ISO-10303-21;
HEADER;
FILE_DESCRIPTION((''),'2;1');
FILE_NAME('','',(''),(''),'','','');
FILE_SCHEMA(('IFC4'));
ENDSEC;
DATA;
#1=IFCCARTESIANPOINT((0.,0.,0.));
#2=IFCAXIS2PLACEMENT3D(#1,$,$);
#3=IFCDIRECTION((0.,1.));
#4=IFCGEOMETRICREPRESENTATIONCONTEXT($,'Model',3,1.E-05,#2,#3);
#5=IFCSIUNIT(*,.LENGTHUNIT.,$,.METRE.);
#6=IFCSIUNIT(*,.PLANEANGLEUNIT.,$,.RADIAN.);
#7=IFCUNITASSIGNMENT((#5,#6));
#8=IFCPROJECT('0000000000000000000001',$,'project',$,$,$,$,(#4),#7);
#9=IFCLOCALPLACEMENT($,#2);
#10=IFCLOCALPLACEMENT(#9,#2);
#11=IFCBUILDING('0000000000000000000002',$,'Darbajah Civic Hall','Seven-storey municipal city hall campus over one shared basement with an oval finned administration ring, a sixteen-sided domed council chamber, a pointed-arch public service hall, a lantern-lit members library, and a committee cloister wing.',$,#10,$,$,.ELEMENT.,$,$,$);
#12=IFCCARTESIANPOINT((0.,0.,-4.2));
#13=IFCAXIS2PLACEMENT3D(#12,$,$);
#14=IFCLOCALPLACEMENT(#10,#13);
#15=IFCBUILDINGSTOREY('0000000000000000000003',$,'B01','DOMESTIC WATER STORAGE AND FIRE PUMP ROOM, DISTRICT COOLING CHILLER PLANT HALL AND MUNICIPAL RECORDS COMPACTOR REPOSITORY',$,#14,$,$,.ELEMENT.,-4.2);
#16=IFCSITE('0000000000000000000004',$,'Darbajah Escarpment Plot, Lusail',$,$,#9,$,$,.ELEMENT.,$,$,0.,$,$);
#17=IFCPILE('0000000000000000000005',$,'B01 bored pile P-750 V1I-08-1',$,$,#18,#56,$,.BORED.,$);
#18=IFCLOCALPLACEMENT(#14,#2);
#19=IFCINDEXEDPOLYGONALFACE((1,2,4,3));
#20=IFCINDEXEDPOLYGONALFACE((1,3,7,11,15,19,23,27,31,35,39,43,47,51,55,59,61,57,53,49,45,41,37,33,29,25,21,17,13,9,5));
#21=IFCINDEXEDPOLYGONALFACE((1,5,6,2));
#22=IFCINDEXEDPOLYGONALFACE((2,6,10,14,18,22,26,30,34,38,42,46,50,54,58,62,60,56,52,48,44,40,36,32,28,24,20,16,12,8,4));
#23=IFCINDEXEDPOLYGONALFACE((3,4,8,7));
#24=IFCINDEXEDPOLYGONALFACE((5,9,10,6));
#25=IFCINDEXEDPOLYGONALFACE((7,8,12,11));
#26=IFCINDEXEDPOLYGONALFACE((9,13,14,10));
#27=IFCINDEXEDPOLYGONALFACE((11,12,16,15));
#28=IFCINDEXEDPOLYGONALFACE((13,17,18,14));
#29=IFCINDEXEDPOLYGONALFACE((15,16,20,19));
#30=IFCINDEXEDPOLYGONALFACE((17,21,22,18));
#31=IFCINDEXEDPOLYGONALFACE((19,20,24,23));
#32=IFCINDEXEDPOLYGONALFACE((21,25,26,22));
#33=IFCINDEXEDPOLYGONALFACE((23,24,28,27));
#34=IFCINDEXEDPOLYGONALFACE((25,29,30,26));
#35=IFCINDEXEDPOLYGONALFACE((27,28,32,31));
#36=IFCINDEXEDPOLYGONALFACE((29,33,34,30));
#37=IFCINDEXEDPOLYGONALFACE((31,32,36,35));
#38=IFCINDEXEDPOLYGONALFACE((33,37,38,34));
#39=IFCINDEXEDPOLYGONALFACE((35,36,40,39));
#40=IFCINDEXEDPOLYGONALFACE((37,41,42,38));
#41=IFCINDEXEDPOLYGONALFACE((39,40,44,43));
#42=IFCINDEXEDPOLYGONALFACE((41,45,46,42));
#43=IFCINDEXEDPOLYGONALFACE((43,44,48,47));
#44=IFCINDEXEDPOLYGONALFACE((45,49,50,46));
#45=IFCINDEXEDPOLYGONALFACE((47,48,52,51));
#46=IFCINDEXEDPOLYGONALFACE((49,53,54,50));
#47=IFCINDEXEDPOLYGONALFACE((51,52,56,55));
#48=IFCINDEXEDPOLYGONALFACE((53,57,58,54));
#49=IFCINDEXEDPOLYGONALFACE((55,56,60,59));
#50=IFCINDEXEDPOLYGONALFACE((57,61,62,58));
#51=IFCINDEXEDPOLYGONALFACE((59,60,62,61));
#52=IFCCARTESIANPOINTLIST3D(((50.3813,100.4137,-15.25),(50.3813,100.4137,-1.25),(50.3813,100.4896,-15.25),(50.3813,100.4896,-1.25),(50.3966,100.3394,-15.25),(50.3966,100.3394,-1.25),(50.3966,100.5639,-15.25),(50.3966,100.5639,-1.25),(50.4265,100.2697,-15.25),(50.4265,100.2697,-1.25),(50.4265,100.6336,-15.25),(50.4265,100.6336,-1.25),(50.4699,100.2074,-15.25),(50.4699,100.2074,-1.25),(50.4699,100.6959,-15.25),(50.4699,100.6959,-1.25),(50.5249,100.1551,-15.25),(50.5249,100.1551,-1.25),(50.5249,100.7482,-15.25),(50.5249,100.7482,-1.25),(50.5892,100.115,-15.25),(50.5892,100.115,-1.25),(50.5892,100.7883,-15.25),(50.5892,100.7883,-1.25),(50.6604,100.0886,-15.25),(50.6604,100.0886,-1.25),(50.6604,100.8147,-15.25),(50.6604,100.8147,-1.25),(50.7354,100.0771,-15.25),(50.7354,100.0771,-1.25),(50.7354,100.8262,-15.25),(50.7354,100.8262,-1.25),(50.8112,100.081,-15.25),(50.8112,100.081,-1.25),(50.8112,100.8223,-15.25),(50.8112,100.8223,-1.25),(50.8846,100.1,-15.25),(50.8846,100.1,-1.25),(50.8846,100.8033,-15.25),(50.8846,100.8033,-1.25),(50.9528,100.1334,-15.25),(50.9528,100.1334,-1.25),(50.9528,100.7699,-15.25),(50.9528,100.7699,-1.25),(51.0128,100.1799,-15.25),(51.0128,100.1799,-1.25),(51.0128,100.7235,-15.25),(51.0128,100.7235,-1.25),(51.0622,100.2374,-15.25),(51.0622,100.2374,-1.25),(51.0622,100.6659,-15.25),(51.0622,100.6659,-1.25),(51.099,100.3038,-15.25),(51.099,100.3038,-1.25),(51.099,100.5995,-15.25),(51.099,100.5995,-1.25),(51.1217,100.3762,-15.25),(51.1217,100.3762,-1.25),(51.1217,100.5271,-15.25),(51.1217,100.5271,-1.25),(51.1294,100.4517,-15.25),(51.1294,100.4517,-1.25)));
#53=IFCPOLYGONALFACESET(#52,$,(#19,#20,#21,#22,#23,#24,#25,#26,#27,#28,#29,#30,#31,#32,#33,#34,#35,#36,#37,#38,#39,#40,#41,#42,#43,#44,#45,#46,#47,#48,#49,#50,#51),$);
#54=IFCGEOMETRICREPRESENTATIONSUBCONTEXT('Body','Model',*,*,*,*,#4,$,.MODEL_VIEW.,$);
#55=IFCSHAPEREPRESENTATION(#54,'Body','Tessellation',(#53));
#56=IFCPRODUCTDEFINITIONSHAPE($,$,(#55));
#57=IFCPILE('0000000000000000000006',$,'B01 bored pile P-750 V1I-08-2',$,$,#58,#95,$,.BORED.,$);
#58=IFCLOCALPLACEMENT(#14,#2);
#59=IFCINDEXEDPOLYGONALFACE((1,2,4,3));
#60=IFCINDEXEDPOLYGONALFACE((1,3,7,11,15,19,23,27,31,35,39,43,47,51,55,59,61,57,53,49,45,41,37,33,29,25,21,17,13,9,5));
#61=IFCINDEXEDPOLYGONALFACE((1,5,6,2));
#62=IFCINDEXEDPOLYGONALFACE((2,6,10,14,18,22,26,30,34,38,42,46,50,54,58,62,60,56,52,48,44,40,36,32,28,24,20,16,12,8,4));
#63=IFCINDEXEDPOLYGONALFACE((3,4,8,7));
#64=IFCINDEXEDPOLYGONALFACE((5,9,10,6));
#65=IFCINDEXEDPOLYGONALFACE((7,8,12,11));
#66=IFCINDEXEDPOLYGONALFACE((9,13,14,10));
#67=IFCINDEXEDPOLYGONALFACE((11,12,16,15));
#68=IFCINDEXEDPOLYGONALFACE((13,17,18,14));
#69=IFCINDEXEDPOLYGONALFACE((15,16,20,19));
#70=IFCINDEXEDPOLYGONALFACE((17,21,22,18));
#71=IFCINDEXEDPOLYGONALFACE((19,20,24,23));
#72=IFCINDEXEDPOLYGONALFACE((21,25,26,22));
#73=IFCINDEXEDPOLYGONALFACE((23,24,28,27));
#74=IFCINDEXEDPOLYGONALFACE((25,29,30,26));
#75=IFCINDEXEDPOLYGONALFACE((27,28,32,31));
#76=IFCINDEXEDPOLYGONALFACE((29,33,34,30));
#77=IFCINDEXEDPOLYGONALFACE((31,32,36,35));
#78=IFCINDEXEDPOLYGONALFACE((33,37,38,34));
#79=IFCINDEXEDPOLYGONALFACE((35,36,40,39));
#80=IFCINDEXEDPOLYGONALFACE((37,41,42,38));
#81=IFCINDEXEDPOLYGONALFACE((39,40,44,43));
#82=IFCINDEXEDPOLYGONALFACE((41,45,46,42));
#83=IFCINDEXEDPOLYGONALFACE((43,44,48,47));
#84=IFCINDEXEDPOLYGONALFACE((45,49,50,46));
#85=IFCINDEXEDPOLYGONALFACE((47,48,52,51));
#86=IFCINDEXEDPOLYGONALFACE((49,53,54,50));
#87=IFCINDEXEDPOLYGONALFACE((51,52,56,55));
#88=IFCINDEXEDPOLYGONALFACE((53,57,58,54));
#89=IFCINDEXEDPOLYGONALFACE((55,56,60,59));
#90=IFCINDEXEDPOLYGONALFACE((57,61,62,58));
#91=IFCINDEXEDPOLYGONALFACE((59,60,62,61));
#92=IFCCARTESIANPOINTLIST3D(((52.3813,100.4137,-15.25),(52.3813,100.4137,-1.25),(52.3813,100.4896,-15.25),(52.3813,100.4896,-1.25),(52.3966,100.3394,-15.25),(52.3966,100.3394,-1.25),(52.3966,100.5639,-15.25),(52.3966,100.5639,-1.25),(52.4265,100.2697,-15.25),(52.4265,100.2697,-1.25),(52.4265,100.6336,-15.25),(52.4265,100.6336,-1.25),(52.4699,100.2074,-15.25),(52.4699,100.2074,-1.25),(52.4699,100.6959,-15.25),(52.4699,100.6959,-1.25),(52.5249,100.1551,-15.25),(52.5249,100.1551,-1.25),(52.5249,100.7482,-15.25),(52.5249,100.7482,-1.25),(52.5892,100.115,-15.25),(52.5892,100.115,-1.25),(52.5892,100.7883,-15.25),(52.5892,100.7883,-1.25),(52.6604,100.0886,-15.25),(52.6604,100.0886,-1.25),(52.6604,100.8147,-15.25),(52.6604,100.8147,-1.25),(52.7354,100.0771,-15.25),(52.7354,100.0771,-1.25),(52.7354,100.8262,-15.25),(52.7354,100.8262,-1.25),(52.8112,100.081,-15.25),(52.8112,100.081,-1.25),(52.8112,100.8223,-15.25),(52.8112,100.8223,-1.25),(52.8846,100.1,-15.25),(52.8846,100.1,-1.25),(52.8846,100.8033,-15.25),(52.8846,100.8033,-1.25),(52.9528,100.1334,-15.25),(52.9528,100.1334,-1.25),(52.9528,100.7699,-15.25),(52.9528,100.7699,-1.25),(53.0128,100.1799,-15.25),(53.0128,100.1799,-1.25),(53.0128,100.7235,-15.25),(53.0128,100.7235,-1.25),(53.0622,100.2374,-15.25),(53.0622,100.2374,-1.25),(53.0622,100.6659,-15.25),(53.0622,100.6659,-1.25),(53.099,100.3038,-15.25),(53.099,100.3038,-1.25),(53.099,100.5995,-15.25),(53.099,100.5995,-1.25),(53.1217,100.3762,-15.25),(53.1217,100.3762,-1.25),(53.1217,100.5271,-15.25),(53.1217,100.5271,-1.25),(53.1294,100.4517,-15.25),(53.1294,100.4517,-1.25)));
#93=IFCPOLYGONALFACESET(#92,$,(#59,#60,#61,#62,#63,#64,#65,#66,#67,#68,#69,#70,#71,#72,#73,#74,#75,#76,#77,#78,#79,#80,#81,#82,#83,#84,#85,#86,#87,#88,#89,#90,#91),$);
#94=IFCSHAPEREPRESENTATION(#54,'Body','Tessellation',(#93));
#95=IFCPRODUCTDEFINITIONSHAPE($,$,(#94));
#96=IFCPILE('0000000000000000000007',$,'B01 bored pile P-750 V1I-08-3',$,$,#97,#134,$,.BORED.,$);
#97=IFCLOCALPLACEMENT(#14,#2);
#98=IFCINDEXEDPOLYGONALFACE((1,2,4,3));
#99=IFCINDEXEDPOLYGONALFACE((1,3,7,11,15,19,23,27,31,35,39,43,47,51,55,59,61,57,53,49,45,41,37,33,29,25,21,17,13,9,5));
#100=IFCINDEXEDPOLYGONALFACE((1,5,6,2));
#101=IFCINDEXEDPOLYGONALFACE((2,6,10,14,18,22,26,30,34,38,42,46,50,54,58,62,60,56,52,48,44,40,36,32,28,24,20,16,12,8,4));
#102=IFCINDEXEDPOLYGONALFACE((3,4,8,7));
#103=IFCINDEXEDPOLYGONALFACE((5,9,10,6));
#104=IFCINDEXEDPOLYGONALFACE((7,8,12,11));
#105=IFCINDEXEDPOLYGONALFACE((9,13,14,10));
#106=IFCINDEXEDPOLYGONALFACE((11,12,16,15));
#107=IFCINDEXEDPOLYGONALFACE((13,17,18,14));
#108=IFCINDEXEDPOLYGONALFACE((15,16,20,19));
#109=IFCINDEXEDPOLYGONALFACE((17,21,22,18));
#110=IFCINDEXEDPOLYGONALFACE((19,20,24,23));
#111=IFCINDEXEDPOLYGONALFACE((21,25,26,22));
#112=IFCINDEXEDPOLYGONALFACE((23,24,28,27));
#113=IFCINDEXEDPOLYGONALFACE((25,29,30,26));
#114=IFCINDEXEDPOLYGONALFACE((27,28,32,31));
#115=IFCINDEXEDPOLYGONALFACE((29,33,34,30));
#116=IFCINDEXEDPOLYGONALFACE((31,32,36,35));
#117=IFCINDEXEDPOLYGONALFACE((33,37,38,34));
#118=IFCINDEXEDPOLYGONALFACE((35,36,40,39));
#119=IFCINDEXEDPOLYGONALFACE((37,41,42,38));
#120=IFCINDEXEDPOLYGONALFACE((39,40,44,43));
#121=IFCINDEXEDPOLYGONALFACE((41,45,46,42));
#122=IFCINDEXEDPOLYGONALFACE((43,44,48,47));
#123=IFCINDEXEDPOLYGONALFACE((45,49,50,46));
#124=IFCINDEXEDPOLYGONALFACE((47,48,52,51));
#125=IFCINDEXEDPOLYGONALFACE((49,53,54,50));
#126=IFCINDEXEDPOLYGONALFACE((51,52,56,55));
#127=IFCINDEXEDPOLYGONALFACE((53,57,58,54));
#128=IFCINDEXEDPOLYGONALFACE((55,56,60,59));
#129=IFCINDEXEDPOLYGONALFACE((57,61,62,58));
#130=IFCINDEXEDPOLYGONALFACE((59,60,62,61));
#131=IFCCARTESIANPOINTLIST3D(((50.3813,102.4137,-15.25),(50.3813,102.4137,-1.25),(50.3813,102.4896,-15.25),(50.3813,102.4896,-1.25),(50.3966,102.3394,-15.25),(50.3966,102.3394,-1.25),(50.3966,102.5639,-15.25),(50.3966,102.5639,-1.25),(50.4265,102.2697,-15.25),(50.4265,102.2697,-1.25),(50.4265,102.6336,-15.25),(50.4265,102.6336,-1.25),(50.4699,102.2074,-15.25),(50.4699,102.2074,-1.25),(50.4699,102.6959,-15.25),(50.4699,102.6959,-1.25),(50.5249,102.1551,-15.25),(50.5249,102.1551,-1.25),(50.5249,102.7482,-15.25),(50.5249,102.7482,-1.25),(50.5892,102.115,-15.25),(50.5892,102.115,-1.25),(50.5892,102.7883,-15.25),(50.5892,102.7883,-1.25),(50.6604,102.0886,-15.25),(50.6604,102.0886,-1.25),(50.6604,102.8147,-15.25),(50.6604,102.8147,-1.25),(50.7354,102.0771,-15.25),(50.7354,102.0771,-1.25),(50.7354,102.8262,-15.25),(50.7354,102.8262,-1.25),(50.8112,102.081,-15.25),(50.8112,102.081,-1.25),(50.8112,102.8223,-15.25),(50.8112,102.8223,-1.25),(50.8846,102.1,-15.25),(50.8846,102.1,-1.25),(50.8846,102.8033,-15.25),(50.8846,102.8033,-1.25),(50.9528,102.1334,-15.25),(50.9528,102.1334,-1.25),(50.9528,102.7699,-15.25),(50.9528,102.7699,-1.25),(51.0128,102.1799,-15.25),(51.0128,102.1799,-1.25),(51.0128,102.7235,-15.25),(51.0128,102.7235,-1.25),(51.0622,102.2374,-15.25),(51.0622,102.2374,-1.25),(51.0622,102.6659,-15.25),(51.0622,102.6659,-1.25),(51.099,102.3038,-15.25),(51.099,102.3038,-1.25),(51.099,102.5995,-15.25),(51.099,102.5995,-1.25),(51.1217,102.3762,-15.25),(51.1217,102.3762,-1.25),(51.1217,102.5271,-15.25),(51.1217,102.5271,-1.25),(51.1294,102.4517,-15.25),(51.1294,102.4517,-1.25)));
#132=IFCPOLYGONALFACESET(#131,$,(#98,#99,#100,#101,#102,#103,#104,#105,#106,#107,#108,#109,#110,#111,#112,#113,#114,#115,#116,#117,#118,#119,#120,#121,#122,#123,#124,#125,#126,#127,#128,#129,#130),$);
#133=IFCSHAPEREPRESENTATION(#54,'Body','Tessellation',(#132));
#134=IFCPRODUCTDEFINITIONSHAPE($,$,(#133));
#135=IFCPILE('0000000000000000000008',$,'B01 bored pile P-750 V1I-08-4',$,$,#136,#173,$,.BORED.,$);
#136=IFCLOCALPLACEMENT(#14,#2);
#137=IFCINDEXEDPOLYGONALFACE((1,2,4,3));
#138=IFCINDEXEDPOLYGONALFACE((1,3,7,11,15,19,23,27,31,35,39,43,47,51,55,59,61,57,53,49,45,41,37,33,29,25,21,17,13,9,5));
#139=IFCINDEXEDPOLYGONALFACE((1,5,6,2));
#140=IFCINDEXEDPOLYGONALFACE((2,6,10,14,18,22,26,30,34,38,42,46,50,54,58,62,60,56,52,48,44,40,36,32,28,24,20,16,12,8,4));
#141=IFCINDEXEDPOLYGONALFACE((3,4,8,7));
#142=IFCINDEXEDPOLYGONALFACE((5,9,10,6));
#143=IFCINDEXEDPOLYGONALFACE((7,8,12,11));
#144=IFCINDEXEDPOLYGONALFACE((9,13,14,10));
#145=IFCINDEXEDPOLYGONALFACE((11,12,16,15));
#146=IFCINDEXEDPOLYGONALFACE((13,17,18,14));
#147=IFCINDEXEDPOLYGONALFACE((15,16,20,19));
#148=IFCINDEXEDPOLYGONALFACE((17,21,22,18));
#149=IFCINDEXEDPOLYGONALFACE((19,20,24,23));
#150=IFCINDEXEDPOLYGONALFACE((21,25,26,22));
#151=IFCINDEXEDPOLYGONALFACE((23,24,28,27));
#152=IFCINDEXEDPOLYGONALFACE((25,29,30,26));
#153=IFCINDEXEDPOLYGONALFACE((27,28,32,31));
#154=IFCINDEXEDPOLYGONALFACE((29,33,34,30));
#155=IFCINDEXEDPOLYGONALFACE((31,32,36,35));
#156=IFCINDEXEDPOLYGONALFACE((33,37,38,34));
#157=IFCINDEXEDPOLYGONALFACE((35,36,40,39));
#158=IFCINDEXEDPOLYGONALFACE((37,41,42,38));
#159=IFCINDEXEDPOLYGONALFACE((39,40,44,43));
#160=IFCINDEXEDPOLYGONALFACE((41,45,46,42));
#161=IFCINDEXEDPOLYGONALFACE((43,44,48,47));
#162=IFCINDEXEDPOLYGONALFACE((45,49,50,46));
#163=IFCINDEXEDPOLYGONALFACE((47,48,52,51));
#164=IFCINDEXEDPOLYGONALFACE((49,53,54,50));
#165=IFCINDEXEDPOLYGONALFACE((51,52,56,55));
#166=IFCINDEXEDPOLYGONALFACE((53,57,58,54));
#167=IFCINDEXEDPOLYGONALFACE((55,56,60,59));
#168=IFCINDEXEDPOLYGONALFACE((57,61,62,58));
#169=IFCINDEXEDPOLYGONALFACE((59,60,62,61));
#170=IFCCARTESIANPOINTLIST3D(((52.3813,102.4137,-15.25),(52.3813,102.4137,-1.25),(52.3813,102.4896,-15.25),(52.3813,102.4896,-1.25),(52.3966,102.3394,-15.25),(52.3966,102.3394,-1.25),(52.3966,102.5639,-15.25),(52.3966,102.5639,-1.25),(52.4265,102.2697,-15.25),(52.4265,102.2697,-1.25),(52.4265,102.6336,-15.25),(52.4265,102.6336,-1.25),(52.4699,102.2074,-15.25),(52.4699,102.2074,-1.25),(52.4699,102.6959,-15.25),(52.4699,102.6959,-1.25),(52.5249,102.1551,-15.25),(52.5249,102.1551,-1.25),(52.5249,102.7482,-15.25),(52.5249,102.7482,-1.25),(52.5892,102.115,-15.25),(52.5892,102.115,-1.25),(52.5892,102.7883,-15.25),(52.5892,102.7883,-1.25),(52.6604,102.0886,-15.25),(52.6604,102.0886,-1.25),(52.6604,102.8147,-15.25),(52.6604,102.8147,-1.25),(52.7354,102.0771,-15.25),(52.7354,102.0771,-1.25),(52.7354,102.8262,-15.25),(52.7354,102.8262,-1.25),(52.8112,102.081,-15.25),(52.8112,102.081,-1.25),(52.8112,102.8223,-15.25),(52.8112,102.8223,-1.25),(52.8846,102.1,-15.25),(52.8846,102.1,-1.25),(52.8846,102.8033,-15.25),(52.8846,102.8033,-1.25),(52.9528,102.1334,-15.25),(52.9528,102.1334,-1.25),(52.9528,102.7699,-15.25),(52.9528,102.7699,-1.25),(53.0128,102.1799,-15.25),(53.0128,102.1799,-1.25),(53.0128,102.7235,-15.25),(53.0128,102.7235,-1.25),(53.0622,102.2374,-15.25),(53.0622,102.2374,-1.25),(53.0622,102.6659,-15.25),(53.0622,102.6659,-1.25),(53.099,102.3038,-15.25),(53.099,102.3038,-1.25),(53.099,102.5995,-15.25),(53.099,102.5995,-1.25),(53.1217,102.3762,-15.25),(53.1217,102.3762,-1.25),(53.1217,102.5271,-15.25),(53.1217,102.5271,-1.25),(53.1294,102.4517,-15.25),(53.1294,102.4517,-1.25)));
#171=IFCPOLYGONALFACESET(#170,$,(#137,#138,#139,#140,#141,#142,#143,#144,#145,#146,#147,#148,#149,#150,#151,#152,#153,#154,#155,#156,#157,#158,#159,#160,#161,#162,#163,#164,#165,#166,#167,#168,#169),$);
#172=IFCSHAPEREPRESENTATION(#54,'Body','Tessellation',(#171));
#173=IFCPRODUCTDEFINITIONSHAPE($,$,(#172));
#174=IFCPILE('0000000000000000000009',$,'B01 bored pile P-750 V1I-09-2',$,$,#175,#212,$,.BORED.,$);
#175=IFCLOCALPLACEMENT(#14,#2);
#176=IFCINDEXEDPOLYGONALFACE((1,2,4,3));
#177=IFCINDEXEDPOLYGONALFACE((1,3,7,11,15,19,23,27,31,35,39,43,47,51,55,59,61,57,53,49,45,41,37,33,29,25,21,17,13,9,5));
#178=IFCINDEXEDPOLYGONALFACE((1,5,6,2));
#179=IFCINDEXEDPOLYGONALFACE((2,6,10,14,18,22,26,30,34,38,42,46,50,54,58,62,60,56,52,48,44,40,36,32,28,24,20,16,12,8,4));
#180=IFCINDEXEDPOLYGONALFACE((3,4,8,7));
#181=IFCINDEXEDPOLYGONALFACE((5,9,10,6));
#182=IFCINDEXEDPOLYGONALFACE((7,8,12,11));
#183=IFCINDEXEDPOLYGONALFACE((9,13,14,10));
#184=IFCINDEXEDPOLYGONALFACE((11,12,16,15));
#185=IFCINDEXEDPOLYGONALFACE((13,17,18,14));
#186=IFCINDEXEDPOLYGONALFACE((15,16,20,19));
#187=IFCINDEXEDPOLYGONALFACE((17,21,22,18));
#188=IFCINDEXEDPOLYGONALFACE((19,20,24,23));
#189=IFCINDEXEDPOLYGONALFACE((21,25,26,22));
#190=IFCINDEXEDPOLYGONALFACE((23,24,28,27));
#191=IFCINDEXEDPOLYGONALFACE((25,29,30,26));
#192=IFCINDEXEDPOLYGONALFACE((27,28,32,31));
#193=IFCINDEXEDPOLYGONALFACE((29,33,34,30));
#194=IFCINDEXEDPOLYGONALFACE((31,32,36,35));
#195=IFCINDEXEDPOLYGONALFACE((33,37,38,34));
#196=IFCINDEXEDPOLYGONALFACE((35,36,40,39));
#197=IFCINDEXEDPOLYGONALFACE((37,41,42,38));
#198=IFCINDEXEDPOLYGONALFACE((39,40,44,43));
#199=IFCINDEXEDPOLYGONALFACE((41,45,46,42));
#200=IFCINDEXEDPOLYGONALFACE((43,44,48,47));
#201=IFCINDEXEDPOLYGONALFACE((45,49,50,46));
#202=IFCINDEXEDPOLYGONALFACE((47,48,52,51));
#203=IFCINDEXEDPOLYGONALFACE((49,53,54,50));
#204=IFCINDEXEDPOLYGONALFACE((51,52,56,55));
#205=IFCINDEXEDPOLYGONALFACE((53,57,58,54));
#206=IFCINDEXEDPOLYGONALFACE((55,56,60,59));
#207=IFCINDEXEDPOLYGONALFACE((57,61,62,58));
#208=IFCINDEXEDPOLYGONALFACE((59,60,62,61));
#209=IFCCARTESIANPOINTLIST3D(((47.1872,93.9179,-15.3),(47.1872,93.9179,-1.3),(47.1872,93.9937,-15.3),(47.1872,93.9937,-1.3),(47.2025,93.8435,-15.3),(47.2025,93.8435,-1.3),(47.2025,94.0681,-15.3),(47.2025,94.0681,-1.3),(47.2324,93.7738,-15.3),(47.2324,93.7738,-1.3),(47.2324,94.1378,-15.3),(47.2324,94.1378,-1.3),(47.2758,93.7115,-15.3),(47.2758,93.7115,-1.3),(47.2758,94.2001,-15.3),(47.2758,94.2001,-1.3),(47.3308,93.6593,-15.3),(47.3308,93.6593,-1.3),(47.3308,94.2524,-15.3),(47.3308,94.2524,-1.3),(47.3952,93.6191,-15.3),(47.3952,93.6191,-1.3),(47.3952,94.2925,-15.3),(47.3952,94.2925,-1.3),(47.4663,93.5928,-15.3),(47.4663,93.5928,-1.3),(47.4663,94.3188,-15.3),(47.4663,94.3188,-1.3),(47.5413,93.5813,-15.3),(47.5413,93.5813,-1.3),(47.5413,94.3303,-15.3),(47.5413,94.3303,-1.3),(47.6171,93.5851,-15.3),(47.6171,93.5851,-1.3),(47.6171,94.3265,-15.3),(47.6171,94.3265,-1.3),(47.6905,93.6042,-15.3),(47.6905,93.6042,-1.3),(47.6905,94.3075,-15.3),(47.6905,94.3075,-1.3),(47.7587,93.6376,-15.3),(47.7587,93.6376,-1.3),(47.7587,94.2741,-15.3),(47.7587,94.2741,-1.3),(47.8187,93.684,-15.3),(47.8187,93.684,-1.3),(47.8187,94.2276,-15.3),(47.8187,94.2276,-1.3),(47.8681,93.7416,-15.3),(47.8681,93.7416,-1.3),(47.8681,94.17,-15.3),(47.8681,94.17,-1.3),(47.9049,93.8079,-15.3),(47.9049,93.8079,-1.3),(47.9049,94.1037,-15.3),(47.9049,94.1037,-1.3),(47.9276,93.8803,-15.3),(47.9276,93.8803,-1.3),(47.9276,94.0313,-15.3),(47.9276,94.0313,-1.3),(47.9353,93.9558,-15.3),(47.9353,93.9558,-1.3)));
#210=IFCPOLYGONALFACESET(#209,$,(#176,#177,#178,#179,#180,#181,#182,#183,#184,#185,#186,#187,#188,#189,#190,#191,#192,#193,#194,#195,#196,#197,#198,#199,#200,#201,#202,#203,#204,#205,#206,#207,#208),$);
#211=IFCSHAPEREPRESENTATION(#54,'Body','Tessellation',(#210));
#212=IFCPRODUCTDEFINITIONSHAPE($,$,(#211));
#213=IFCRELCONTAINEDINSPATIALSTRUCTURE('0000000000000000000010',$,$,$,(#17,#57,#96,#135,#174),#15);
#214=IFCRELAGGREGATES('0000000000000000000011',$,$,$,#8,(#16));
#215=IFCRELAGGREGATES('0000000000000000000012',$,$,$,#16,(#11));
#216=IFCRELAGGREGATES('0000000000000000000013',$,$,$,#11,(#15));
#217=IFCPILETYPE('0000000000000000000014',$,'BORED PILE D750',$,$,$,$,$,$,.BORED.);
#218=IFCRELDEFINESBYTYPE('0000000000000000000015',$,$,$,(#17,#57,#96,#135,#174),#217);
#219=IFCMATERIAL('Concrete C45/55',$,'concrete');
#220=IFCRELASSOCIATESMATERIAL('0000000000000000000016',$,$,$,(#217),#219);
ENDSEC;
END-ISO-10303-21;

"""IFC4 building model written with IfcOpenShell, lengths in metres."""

from ifc_helpers import new_model, si_unit, direction, frame, origin, origin_2d, place, context, subcontext, project, spatial, circle, extrude, material, material_profile, profile_set, type_object, element, save


model = new_model("IFC4")

# Units and contexts
model_context = context("Model", 3, precision=1e-05, world=origin(), true_north=direction((0.0, 1.0)))
body_context = subcontext(model_context, "Body", "Model", "MODEL_VIEW")
ifc_project = project(units=[si_unit("LENGTHUNIT", "METRE"), si_unit("PLANEANGLEUNIT", "RADIAN")], contexts=[model_context])

# Site, building, storey
site_placement = place(None, origin())
site = spatial("IfcSite", under=ifc_project, at=site_placement, Name="Darbajah Escarpment Plot, Lusail", CompositionType="ELEMENT", RefElevation=0.0)
building_placement = place(site_placement, origin())
building = spatial("IfcBuilding", under=site, at=building_placement, Name="Darbajah Civic Hall", Description="Seven-storey municipal city hall campus over one shared basement with an oval finned administration ring, a sixteen-sided domed council chamber, a pointed-arch public service hall, a lantern-lit members library, and a committee cloister wing.", CompositionType="ELEMENT")
storey_placement = place(building_placement, frame((0.0, 0.0, -4.2)))
storey = spatial("IfcBuildingStorey", under=building, at=storey_placement, Name="B01", Description="DOMESTIC WATER STORAGE AND FIRE PUMP ROOM, DISTRICT COOLING CHILLER PLANT HALL AND MUNICIPAL RECORDS COMPACTOR REPOSITORY", CompositionType="ELEMENT", Elevation=-4.2)

# Piles
ifc_material_1 = material(Name="Concrete C45/55", Category="concrete")
ifc_material_profile_1 = material_profile(ifc_material_1, circle(Radius=0.375, at=origin_2d()), Name="BORED PILE D750")
ifc_profile_set_1 = profile_set([ifc_material_profile_1], Name="Concrete C45/55")
pile_type_1 = type_object("IfcPileType", Name="BORED PILE D750", PredefinedType="BORED", material=ifc_profile_set_1)
for number, where, z_axis, x_axis, name in (
    (1, (50.7544, 100.4517, -1.25), (0.0, 0.0, -1.0), (1.0, 0.0, 0.0), "B01 bored pile P-750 V1I-08-1"),
    (2, (52.7544, 100.4517, -1.25), (0.0, 0.0, -1.0), (1.0, 0.0, 0.0), "B01 bored pile P-750 V1I-08-2"),
    (3, (50.7544, 102.4517, -1.25), (0.0, 0.0, -1.0), (1.0, 0.0, 0.0), "B01 bored pile P-750 V1I-08-3"),
    (4, (52.7544, 102.4517, -1.25), (0.0, 0.0, -1.0), (1.0, 0.0, 0.0), "B01 bored pile P-750 V1I-08-4"),
    (5, (47.5603, 93.9558, -1.3), (0.0, 0.0, -1.0), (1.0, 0.0, 0.0), "B01 bored pile P-750 V1I-09-2"),
):
    element("IfcPile", number, at=place(storey_placement, frame(where, z_axis=z_axis, x_axis=x_axis)), inside=storey, type_object=pile_type_1, Name=name, PredefinedType="BORED", context=body_context, shape_type="SweptSolid", body=[
        extrude(circle(Radius=0.375, at=origin_2d()), origin(), (0.0, 0.0, 1.0), 14.0),
    ])

save(model, "model.ifc")
